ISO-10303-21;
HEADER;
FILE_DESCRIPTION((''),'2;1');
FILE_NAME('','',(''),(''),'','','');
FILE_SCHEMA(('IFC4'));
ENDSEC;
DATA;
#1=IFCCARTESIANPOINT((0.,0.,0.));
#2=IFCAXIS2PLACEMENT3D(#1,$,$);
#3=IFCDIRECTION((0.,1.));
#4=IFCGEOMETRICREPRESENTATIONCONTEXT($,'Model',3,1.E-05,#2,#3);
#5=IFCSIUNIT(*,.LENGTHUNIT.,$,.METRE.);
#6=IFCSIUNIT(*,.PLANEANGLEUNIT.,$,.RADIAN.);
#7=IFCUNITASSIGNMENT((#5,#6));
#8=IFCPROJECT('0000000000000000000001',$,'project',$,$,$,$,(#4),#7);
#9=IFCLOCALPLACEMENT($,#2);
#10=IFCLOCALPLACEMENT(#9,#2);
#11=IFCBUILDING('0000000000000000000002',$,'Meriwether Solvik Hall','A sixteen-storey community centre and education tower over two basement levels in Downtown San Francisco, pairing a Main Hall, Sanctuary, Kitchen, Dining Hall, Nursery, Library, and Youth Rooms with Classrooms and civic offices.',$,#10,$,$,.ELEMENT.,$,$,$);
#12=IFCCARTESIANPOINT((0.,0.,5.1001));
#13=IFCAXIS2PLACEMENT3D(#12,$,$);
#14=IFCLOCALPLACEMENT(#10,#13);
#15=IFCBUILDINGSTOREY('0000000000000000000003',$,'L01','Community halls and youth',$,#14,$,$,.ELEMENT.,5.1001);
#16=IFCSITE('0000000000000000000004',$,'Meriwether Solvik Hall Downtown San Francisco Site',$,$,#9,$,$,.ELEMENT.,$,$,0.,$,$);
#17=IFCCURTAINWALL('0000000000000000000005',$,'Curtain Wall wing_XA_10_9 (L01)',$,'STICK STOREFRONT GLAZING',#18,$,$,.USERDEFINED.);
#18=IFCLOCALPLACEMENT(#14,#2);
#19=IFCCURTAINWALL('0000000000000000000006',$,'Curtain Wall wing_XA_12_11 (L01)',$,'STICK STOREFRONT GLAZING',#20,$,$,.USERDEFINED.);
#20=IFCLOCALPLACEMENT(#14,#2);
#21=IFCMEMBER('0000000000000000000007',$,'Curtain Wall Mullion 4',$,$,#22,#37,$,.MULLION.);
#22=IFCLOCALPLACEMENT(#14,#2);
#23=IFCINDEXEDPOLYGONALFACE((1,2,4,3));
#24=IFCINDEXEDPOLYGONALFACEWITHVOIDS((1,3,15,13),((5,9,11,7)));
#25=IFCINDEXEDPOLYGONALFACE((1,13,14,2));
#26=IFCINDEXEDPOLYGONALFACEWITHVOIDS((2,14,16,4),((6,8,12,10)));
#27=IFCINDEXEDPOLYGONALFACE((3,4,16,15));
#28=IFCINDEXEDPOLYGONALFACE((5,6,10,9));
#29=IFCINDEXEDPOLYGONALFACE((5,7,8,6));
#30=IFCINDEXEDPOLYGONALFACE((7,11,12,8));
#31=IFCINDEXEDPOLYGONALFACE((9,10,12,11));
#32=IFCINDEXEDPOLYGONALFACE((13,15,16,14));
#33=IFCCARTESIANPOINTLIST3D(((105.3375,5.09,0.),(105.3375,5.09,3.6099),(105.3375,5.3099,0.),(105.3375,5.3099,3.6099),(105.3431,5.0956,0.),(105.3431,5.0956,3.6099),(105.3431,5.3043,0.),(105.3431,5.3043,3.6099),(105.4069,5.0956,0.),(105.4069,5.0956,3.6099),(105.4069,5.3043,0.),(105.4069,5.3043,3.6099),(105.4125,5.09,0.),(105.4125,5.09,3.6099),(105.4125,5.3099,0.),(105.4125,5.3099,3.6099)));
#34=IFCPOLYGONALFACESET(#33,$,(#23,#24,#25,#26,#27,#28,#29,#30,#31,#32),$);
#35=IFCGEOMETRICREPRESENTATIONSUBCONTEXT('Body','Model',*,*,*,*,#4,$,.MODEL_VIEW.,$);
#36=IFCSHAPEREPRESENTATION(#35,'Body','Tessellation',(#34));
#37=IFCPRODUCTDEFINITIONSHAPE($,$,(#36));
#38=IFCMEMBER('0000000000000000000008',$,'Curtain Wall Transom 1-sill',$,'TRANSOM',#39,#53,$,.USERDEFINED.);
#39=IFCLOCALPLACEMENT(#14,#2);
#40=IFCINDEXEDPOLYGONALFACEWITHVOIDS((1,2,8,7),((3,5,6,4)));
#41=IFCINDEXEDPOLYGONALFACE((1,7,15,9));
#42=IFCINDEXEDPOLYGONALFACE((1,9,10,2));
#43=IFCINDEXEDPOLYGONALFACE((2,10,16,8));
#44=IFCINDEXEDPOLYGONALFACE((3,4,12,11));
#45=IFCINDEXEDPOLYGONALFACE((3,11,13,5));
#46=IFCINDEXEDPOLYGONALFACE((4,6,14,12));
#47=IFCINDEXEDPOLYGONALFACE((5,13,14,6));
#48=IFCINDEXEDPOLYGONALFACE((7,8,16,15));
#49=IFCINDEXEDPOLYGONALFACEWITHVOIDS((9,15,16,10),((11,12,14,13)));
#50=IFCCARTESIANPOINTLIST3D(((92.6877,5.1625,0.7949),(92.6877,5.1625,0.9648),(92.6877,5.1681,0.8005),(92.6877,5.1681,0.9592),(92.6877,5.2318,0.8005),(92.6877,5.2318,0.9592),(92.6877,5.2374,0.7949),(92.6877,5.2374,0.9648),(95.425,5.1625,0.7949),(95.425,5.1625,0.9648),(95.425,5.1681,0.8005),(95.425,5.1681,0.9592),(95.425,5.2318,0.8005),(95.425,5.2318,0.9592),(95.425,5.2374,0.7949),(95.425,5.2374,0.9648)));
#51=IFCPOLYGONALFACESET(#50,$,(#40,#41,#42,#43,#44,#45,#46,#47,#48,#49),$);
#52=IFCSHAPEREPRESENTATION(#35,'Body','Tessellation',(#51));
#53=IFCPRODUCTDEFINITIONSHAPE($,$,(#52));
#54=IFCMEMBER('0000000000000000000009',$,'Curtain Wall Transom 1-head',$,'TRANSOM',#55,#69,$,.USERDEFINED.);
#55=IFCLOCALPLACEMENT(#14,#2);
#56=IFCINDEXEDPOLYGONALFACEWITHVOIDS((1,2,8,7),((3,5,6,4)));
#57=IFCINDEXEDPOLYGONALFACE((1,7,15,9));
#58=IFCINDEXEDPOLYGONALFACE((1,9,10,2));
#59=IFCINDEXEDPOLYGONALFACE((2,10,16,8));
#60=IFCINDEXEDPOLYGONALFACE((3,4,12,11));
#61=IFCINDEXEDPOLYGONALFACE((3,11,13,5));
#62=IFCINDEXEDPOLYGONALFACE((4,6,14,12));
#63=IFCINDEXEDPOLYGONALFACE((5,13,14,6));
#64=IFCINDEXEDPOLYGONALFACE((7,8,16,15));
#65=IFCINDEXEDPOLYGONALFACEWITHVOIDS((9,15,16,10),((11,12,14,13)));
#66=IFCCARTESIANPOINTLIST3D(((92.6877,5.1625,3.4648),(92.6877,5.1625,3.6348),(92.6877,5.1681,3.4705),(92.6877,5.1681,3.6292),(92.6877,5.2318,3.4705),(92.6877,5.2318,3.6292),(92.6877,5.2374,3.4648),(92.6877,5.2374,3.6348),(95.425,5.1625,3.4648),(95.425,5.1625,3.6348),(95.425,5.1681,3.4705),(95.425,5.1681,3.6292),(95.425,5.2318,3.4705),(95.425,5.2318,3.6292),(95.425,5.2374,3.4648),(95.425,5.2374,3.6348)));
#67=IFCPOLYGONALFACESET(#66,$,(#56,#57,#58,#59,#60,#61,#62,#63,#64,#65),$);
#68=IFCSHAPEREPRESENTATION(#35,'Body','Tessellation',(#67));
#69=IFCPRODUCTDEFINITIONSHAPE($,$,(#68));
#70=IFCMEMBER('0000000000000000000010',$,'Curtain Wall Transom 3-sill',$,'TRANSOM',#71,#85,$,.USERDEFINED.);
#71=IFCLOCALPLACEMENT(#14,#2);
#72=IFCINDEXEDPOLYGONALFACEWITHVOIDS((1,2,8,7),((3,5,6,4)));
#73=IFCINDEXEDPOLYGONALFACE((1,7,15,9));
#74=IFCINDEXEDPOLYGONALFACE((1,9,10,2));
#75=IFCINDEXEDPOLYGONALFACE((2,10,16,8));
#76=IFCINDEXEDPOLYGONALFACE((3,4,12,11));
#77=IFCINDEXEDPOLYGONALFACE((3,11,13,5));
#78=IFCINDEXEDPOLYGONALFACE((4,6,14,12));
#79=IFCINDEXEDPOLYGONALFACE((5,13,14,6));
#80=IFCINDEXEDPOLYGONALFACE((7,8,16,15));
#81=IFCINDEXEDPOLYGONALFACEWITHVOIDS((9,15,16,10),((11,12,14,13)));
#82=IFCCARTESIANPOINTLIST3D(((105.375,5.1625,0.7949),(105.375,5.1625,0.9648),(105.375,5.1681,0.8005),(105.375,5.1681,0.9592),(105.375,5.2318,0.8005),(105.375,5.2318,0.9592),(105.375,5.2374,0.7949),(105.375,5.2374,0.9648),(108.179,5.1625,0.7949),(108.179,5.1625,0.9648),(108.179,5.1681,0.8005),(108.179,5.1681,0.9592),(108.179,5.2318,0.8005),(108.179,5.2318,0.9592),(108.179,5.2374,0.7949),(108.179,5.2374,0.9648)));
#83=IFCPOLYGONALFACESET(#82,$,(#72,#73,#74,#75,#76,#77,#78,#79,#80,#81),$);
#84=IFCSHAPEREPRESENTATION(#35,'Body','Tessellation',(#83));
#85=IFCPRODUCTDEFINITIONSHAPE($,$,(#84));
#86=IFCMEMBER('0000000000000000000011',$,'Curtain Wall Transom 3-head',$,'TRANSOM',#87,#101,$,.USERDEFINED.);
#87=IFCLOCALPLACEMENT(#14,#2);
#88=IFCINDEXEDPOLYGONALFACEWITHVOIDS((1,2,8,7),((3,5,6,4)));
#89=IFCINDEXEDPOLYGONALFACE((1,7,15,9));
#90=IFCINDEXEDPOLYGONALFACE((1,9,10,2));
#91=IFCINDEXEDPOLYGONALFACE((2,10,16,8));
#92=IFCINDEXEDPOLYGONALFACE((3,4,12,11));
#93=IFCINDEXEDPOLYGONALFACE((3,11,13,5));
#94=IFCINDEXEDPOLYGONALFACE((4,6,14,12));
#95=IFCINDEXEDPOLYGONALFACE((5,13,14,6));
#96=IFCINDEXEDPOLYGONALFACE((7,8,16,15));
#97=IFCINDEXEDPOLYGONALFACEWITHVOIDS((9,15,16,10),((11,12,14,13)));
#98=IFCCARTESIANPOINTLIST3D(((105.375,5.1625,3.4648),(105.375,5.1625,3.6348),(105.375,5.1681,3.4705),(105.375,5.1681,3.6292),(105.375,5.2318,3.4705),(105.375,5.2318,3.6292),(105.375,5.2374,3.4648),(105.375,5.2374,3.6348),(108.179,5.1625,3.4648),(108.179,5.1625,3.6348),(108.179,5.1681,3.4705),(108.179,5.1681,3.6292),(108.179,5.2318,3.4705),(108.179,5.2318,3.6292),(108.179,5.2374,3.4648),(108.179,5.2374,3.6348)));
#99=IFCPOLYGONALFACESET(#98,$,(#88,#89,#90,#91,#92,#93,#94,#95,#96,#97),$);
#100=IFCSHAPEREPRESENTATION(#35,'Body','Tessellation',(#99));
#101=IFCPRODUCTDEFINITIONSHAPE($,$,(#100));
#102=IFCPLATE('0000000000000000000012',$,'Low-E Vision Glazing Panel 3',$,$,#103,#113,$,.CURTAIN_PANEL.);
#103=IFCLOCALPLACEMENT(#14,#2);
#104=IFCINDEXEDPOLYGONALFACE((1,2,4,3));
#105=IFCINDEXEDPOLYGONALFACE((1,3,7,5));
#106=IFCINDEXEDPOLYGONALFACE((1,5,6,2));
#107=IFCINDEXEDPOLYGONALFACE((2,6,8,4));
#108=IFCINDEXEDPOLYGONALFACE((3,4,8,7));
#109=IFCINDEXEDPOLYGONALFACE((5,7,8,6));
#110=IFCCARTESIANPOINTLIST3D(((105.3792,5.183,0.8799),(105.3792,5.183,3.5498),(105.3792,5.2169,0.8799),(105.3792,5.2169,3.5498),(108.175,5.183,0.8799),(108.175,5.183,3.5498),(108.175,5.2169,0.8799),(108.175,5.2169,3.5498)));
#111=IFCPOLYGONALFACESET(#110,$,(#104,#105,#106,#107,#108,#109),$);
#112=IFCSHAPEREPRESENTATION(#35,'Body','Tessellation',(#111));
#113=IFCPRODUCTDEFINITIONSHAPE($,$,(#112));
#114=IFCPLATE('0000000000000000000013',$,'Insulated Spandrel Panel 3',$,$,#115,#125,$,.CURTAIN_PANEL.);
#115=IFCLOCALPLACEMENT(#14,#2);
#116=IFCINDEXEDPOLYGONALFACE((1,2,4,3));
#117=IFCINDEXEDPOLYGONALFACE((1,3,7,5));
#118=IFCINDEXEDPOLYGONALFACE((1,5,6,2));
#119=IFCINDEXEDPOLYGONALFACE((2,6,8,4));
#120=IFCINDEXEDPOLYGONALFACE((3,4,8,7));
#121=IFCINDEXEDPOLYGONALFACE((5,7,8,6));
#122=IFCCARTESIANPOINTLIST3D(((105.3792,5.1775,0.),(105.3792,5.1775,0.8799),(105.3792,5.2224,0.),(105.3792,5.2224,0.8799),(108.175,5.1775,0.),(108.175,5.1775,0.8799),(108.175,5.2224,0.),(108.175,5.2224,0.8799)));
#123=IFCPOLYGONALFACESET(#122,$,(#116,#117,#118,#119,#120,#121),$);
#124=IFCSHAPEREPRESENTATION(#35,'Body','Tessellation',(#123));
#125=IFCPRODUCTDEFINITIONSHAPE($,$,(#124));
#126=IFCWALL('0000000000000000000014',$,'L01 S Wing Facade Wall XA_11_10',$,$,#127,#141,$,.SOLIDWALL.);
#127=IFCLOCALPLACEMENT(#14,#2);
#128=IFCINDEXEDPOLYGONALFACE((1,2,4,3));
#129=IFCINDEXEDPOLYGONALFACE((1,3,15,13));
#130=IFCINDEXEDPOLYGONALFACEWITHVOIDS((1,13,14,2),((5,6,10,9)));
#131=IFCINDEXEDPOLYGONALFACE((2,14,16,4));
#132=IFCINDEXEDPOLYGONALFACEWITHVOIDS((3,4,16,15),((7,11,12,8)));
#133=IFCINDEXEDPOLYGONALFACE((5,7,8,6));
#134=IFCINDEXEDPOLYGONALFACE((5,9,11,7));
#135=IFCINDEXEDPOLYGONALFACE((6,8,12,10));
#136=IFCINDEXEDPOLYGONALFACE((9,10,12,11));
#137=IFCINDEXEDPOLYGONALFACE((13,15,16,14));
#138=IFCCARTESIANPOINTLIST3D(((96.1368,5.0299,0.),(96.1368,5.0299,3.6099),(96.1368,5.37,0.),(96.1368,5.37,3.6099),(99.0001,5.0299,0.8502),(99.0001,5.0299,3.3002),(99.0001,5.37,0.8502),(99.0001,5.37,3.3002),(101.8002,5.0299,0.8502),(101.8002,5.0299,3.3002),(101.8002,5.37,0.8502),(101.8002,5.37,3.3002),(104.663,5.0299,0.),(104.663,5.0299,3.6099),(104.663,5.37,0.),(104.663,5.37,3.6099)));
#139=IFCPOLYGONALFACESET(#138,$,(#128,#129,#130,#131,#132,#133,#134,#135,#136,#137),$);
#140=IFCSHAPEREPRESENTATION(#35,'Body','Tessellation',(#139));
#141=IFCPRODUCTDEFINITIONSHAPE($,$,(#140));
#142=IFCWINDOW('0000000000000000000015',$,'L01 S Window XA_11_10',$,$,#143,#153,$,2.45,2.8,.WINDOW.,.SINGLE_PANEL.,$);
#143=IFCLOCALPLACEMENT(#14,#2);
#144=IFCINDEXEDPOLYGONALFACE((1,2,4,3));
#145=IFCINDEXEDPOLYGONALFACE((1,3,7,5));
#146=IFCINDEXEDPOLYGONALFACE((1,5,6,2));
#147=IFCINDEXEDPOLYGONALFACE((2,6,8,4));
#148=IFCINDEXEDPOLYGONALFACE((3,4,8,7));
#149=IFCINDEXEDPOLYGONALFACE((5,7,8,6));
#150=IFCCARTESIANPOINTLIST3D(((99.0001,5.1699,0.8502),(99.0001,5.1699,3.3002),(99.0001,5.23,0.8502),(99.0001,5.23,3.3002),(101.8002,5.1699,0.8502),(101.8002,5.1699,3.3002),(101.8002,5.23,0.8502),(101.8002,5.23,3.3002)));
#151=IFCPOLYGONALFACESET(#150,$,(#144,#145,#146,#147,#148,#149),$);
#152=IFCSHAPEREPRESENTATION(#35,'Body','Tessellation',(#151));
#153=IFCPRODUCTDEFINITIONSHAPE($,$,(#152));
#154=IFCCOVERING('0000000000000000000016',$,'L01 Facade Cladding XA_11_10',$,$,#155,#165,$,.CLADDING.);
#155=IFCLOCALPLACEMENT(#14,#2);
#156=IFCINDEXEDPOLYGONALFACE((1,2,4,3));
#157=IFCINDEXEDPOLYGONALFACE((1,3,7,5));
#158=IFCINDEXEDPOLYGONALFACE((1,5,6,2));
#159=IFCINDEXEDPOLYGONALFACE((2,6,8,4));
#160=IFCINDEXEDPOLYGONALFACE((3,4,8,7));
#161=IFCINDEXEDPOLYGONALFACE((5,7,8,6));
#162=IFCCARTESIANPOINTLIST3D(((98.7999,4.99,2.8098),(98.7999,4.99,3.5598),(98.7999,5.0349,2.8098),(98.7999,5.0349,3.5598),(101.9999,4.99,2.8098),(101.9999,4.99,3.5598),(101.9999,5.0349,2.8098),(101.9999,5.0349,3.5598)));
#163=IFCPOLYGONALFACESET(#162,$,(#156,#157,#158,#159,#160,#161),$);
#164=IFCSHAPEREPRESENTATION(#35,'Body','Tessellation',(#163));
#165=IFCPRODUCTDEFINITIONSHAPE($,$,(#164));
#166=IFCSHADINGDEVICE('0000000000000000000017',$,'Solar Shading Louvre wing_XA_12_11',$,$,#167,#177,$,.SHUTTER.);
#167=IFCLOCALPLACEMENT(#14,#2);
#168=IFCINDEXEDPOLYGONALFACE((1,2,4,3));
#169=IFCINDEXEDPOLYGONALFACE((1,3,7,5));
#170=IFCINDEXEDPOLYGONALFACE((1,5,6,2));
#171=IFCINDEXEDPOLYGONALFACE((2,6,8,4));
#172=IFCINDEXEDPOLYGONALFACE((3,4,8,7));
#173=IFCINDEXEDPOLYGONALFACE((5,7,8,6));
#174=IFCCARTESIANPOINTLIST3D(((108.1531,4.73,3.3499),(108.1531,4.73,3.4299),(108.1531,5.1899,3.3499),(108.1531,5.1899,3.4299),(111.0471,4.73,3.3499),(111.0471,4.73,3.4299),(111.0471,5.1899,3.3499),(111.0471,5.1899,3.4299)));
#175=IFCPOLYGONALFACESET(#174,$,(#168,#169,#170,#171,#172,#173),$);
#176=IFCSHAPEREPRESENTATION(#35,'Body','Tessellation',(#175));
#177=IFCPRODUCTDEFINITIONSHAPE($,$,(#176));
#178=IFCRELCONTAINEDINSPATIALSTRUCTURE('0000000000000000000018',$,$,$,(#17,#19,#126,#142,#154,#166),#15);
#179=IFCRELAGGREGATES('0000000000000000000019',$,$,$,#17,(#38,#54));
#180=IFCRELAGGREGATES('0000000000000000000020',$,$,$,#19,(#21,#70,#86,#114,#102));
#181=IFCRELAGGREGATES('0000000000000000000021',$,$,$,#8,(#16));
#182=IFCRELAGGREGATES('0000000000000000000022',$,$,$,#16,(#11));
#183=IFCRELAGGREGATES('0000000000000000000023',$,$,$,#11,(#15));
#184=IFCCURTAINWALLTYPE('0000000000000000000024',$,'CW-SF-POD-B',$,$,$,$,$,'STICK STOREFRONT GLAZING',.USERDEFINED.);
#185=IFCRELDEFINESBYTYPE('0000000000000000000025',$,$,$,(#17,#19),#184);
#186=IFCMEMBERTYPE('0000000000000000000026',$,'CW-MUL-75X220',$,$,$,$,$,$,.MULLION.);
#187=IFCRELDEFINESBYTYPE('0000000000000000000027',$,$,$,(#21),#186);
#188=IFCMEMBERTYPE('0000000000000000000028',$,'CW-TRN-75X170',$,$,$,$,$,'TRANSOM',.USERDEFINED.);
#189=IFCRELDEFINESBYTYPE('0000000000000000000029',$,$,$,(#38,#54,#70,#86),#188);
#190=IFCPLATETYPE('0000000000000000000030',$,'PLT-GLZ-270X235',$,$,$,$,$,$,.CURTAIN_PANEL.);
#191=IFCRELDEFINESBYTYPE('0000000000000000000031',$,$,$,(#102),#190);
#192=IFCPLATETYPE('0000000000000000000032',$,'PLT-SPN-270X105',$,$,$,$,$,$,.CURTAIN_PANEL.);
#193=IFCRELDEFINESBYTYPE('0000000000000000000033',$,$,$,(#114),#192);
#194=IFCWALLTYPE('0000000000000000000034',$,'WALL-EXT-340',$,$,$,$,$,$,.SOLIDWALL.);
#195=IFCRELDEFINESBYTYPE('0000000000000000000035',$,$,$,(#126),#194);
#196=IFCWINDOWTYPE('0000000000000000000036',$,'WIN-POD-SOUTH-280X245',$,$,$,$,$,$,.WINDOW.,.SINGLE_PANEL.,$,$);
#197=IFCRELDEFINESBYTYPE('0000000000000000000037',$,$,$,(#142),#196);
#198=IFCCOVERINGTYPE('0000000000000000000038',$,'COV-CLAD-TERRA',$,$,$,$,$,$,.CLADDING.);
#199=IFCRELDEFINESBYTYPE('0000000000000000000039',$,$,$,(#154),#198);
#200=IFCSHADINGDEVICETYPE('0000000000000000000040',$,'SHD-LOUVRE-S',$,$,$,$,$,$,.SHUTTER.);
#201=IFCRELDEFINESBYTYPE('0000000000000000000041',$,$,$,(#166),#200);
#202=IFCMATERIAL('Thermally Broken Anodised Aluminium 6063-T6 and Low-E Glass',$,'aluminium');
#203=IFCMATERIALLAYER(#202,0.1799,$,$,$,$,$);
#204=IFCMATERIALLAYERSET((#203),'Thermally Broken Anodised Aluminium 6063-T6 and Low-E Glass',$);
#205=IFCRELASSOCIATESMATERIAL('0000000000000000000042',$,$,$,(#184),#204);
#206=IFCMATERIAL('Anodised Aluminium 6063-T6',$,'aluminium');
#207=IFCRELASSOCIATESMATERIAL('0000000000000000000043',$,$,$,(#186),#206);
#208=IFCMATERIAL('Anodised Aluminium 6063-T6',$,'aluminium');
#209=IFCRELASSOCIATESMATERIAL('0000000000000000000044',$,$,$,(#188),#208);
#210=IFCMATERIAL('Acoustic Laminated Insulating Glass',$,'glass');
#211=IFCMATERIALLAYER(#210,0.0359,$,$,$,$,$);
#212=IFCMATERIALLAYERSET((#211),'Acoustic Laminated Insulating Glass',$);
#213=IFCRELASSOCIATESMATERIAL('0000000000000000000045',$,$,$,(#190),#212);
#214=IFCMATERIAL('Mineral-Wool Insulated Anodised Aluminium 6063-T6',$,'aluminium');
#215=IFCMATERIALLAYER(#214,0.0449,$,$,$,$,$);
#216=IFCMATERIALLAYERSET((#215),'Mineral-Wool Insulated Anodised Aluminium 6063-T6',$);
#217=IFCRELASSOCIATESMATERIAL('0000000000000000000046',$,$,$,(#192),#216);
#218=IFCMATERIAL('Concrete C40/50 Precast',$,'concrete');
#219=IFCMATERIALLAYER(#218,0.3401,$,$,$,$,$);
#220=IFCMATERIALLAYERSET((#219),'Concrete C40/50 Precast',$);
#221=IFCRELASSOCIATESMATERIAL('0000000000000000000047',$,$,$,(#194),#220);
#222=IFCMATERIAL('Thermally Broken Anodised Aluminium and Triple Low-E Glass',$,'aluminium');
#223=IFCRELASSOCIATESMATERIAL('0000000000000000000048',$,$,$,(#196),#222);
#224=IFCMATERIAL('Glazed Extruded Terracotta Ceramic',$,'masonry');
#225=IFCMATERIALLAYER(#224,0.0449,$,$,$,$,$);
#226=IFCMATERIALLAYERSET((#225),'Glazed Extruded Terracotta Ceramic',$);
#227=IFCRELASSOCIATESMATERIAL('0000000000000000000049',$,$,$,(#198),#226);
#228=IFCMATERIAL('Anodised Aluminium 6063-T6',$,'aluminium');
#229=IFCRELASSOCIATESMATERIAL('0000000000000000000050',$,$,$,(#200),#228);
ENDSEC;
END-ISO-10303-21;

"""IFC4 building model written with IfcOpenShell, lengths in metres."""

from ifc_helpers import new_model, si_unit, direction, frame, frame_2d, origin, origin_2d, place, context, subcontext, project, spatial, rectangle, hollow_rectangle, extrude, material, layer, layer_set, material_profile, profile_set, type_object, element, fill, aggregate, save


model = new_model("IFC4")

# Units and contexts
model_context = context("Model", 3, precision=1e-05, world=origin(), true_north=direction((0.0, 1.0)))
body_context = subcontext(model_context, "Body", "Model", "MODEL_VIEW")
ifc_project = project(units=[si_unit("LENGTHUNIT", "METRE"), si_unit("PLANEANGLEUNIT", "RADIAN")], contexts=[model_context])

# Site, building, storey
site_placement = place(None, origin())
site = spatial("IfcSite", under=ifc_project, at=site_placement, Name="Meriwether Solvik Hall Downtown San Francisco Site", CompositionType="ELEMENT", RefElevation=0.0)
building_placement = place(site_placement, origin())
building = spatial("IfcBuilding", under=site, at=building_placement, Name="Meriwether Solvik Hall", Description="A sixteen-storey community centre and education tower over two basement levels in Downtown San Francisco, pairing a Main Hall, Sanctuary, Kitchen, Dining Hall, Nursery, Library, and Youth Rooms with Classrooms and civic offices.", CompositionType="ELEMENT")
storey_placement = place(building_placement, frame((0.0, 0.0, 5.1001)))
storey = spatial("IfcBuildingStorey", under=building, at=storey_placement, Name="L01", Description="Community halls and youth", CompositionType="ELEMENT", Elevation=5.1001)

# Curtain wall
ifc_material_1 = material(Name="Thermally Broken Anodised Aluminium 6063-T6 and Low-E Glass", Category="aluminium")
ifc_layer_1 = layer(ifc_material_1, 0.1799)
ifc_layer_set_1 = layer_set([ifc_layer_1], Name="Thermally Broken Anodised Aluminium 6063-T6 and Low-E Glass")
curtain_wall_type = type_object("IfcCurtainWallType", Name="CW-SF-POD-B", ElementType="STICK STOREFRONT GLAZING", PredefinedType="USERDEFINED", material=ifc_layer_set_1)
curtain_wall_1_placement = place(storey_placement, origin())
curtain_wall_1 = element("IfcCurtainWall", 1, at=curtain_wall_1_placement, inside=storey, type_object=curtain_wall_type, Name="Curtain Wall wing_XA_10_9 (L01)", ObjectType="STICK STOREFRONT GLAZING", PredefinedType="USERDEFINED")
ifc_material_2 = material(Name="Anodised Aluminium 6063-T6", Category="aluminium")
ifc_material_profile_1 = material_profile(ifc_material_2, hollow_rectangle(XDim=0.075, YDim=0.22, WallThickness=0.0056, at=origin_2d()), Name="CWM-75X220")
ifc_profile_set_1 = profile_set([ifc_material_profile_1], Name="Anodised Aluminium 6063-T6")
member_type_1 = type_object("IfcMemberType", Name="CW-MUL-75X220", PredefinedType="MULLION", material=ifc_profile_set_1)

# Curtain wall, member
curtain_wall_2_placement = place(storey_placement, origin())
curtain_wall_2 = element("IfcCurtainWall", 2, at=curtain_wall_2_placement, inside=storey, type_object=curtain_wall_type, Name="Curtain Wall wing_XA_12_11 (L01)", ObjectType="STICK STOREFRONT GLAZING", PredefinedType="USERDEFINED")
member_1_placement = place(storey_placement, frame((105.375, 5.2, 0.0), z_axis=(0.0, 0.0, 1.0), x_axis=(-1.0, 0.0, 0.0)))
member_1 = element("IfcMember", 3, at=member_1_placement, type_object=member_type_1, Name="Curtain Wall Mullion 4", PredefinedType="MULLION", context=body_context, shape_type="SweptSolid", body=[
    extrude(hollow_rectangle(XDim=0.075, YDim=0.22, WallThickness=0.0056, at=origin_2d()), origin(), (0.0, 0.0, 1.0), 3.6099),
])

# Members
ifc_material_3 = material(Name="Anodised Aluminium 6063-T6", Category="aluminium")
ifc_material_profile_2 = material_profile(ifc_material_3, hollow_rectangle(XDim=0.075, YDim=0.1699, WallThickness=0.0056, at=origin_2d()), Name="CWT-75X170")
ifc_profile_set_2 = profile_set([ifc_material_profile_2], Name="Anodised Aluminium 6063-T6")
member_type_2 = type_object("IfcMemberType", Name="CW-TRN-75X170", ElementType="TRANSOM", PredefinedType="USERDEFINED", material=ifc_profile_set_2)
member_2_placement = place(storey_placement, frame((95.425, 5.2, 0.8799), z_axis=(-1.0, 0.0, 0.0), x_axis=(0.0, -1.0, 0.0)))
member_2 = element("IfcMember", 4, at=member_2_placement, type_object=member_type_2, Name="Curtain Wall Transom 1-sill", ObjectType="TRANSOM", PredefinedType="USERDEFINED", context=body_context, shape_type="SweptSolid", body=[
    extrude(hollow_rectangle(XDim=0.075, YDim=0.1699, WallThickness=0.0056, at=origin_2d()), origin(), (0.0, 0.0, 1.0), 2.7373),
])
member_3_placement = place(storey_placement, frame((95.425, 5.2, 3.5498), z_axis=(-1.0, 0.0, 0.0), x_axis=(0.0, -1.0, 0.0)))
member_3 = element("IfcMember", 5, at=member_3_placement, type_object=member_type_2, Name="Curtain Wall Transom 1-head", ObjectType="TRANSOM", PredefinedType="USERDEFINED", context=body_context, shape_type="SweptSolid", body=[
    extrude(hollow_rectangle(XDim=0.075, YDim=0.1699, WallThickness=0.0056, at=origin_2d()), origin(), (0.0, 0.0, 1.0), 2.7373),
])
aggregate(curtain_wall_1, [member_2, member_3])
member_4_placement = place(storey_placement, frame((108.179, 5.2, 0.8799), z_axis=(-1.0, 0.0, 0.0), x_axis=(0.0, -1.0, 0.0)))
member_4 = element("IfcMember", 6, at=member_4_placement, type_object=member_type_2, Name="Curtain Wall Transom 3-sill", ObjectType="TRANSOM", PredefinedType="USERDEFINED", context=body_context, shape_type="SweptSolid", body=[
    extrude(hollow_rectangle(XDim=0.075, YDim=0.1699, WallThickness=0.0056, at=origin_2d()), origin(), (0.0, 0.0, 1.0), 2.804),
])
member_5_placement = place(storey_placement, frame((108.179, 5.2, 3.5498), z_axis=(-1.0, 0.0, 0.0), x_axis=(0.0, -1.0, 0.0)))
member_5 = element("IfcMember", 7, at=member_5_placement, type_object=member_type_2, Name="Curtain Wall Transom 3-head", ObjectType="TRANSOM", PredefinedType="USERDEFINED", context=body_context, shape_type="SweptSolid", body=[
    extrude(hollow_rectangle(XDim=0.075, YDim=0.1699, WallThickness=0.0056, at=origin_2d()), origin(), (0.0, 0.0, 1.0), 2.804),
])

# Plates
ifc_material_4 = material(Name="Acoustic Laminated Insulating Glass", Category="glass")
ifc_layer_2 = layer(ifc_material_4, 0.0359)
ifc_layer_set_2 = layer_set([ifc_layer_2], Name="Acoustic Laminated Insulating Glass")
plate_type_1 = type_object("IfcPlateType", Name="PLT-GLZ-270X235", PredefinedType="CURTAIN_PANEL", material=ifc_layer_set_2)
plate_1_placement = place(storey_placement, frame((106.7771, 5.2, 0.8799), z_axis=(0.0, 0.0, 1.0), x_axis=(-1.0, 0.0, 0.0)))
plate_1 = element("IfcPlate", 8, at=plate_1_placement, type_object=plate_type_1, Name="Low-E Vision Glazing Panel 3", PredefinedType="CURTAIN_PANEL", context=body_context, shape_type="SweptSolid", body=[
    extrude(rectangle(XDim=2.7959, YDim=0.0339, at=origin_2d()), origin(), (0.0, 0.0, 1.0), 2.6699),
])
ifc_material_5 = material(Name="Mineral-Wool Insulated Anodised Aluminium 6063-T6", Category="aluminium")
ifc_layer_3 = layer(ifc_material_5, 0.0449)
ifc_layer_set_3 = layer_set([ifc_layer_3], Name="Mineral-Wool Insulated Anodised Aluminium 6063-T6")
plate_type_2 = type_object("IfcPlateType", Name="PLT-SPN-270X105", PredefinedType="CURTAIN_PANEL", material=ifc_layer_set_3)
plate_2_placement = place(storey_placement, frame((106.7771, 5.2, 0.0), z_axis=(0.0, 0.0, 1.0), x_axis=(-1.0, 0.0, 0.0)))
plate_2 = element("IfcPlate", 9, at=plate_2_placement, type_object=plate_type_2, Name="Insulated Spandrel Panel 3", PredefinedType="CURTAIN_PANEL", context=body_context, shape_type="SweptSolid", body=[
    extrude(rectangle(XDim=2.7959, YDim=0.0449, at=origin_2d()), origin(), (0.0, 0.0, 1.0), 0.8799),
])
aggregate(curtain_wall_2, [member_1, member_4, member_5, plate_2, plate_1])

# Wall, opening, window
ifc_material_6 = material(Name="Concrete C40/50 Precast", Category="concrete")
ifc_layer_4 = layer(ifc_material_6, 0.3401)
ifc_layer_set_4 = layer_set([ifc_layer_4], Name="Concrete C40/50 Precast")
wall_type = type_object("IfcWallType", Name="WALL-EXT-340", PredefinedType="SOLIDWALL", material=ifc_layer_set_4)
wall_placement = place(storey_placement, frame((104.6631, 5.2, 0.0), z_axis=(0.0, 0.0, 1.0), x_axis=(-1.0, 0.0, 0.0)))
wall = element("IfcWall", 10, at=wall_placement, inside=storey, type_object=wall_type, Name="L01 S Wing Facade Wall XA_11_10", PredefinedType="SOLIDWALL", context=body_context, shape_type="SweptSolid", body=[
    extrude(rectangle(XDim=8.5261, YDim=0.3401, at=frame_2d((4.2632, 0.0))), origin(), (0.0, 0.0, 1.0), 3.6099),
])
opening_placement = place(wall_placement, frame((2.863, 0.0, 0.8501)))
opening = element("IfcOpeningElement", 11, at=opening_placement, cuts=wall, PredefinedType="OPENING", context=body_context, shape_type="SweptSolid", body=[
    extrude(rectangle(XDim=2.8, YDim=2.45, at=frame_2d((1.3999, 1.2251))), frame((0.0, 0.1821, 0.0), z_axis=(0.0, -1.0, 0.0), x_axis=(1.0, 0.0, 0.0)), (0.0, 0.0, 1.0), 0.364),
])
ifc_material_7 = material(Name="Thermally Broken Anodised Aluminium and Triple Low-E Glass", Category="aluminium")
window_type = type_object("IfcWindowType", Name="WIN-POD-SOUTH-280X245", PartitioningType="SINGLE_PANEL", PredefinedType="WINDOW", material=ifc_material_7)
window_placement = place(opening_placement, origin())
window = element("IfcWindow", 12, at=window_placement, inside=storey, type_object=window_type, Name="L01 S Window XA_11_10", OverallHeight=2.45, OverallWidth=2.8, PartitioningType="SINGLE_PANEL", PredefinedType="WINDOW", context=body_context, shape_type="SweptSolid", body=[
    extrude(rectangle(XDim=2.8, YDim=2.45, at=frame_2d((1.3999, 1.2251))), frame((0.0, 0.03, 0.0), z_axis=(0.0, -1.0, 0.0), x_axis=(1.0, 0.0, 0.0)), (0.0, 0.0, 1.0), 0.0601),
])
fill(opening, window)

# Covering
ifc_material_8 = material(Name="Glazed Extruded Terracotta Ceramic", Category="masonry")
ifc_layer_5 = layer(ifc_material_8, 0.0449)
ifc_layer_set_5 = layer_set([ifc_layer_5], Name="Glazed Extruded Terracotta Ceramic")
covering_type = type_object("IfcCoveringType", Name="COV-CLAD-TERRA", PredefinedType="CLADDING", material=ifc_layer_set_5)
covering_placement = place(storey_placement, frame((100.3999, 5.0125, 2.8098), z_axis=(0.0, 0.0, 1.0), x_axis=(-1.0, 0.0, 0.0)))
element("IfcCovering", 13, at=covering_placement, inside=storey, type_object=covering_type, Name="L01 Facade Cladding XA_11_10", PredefinedType="CLADDING", context=body_context, shape_type="SweptSolid", body=[
    extrude(rectangle(XDim=3.2, YDim=0.0449, at=origin_2d()), origin(), (0.0, 0.0, 1.0), 0.75),
])

# Shading device
ifc_material_9 = material(Name="Anodised Aluminium 6063-T6", Category="aluminium")
shading_device_type = type_object("IfcShadingDeviceType", Name="SHD-LOUVRE-S", PredefinedType="SHUTTER", material=ifc_material_9)
shading_device_placement = place(storey_placement, frame((109.6001, 4.96, 3.3499), z_axis=(0.0, 0.0, 1.0), x_axis=(-1.0, 0.0, 0.0)))
element("IfcShadingDevice", 14, at=shading_device_placement, inside=storey, type_object=shading_device_type, Name="Solar Shading Louvre wing_XA_12_11", PredefinedType="SHUTTER", context=body_context, shape_type="SweptSolid", body=[
    extrude(rectangle(XDim=2.894, YDim=0.46, at=origin_2d()), origin(), (0.0, 0.0, 1.0), 0.0801),
])

save(model, "model.ifc")
